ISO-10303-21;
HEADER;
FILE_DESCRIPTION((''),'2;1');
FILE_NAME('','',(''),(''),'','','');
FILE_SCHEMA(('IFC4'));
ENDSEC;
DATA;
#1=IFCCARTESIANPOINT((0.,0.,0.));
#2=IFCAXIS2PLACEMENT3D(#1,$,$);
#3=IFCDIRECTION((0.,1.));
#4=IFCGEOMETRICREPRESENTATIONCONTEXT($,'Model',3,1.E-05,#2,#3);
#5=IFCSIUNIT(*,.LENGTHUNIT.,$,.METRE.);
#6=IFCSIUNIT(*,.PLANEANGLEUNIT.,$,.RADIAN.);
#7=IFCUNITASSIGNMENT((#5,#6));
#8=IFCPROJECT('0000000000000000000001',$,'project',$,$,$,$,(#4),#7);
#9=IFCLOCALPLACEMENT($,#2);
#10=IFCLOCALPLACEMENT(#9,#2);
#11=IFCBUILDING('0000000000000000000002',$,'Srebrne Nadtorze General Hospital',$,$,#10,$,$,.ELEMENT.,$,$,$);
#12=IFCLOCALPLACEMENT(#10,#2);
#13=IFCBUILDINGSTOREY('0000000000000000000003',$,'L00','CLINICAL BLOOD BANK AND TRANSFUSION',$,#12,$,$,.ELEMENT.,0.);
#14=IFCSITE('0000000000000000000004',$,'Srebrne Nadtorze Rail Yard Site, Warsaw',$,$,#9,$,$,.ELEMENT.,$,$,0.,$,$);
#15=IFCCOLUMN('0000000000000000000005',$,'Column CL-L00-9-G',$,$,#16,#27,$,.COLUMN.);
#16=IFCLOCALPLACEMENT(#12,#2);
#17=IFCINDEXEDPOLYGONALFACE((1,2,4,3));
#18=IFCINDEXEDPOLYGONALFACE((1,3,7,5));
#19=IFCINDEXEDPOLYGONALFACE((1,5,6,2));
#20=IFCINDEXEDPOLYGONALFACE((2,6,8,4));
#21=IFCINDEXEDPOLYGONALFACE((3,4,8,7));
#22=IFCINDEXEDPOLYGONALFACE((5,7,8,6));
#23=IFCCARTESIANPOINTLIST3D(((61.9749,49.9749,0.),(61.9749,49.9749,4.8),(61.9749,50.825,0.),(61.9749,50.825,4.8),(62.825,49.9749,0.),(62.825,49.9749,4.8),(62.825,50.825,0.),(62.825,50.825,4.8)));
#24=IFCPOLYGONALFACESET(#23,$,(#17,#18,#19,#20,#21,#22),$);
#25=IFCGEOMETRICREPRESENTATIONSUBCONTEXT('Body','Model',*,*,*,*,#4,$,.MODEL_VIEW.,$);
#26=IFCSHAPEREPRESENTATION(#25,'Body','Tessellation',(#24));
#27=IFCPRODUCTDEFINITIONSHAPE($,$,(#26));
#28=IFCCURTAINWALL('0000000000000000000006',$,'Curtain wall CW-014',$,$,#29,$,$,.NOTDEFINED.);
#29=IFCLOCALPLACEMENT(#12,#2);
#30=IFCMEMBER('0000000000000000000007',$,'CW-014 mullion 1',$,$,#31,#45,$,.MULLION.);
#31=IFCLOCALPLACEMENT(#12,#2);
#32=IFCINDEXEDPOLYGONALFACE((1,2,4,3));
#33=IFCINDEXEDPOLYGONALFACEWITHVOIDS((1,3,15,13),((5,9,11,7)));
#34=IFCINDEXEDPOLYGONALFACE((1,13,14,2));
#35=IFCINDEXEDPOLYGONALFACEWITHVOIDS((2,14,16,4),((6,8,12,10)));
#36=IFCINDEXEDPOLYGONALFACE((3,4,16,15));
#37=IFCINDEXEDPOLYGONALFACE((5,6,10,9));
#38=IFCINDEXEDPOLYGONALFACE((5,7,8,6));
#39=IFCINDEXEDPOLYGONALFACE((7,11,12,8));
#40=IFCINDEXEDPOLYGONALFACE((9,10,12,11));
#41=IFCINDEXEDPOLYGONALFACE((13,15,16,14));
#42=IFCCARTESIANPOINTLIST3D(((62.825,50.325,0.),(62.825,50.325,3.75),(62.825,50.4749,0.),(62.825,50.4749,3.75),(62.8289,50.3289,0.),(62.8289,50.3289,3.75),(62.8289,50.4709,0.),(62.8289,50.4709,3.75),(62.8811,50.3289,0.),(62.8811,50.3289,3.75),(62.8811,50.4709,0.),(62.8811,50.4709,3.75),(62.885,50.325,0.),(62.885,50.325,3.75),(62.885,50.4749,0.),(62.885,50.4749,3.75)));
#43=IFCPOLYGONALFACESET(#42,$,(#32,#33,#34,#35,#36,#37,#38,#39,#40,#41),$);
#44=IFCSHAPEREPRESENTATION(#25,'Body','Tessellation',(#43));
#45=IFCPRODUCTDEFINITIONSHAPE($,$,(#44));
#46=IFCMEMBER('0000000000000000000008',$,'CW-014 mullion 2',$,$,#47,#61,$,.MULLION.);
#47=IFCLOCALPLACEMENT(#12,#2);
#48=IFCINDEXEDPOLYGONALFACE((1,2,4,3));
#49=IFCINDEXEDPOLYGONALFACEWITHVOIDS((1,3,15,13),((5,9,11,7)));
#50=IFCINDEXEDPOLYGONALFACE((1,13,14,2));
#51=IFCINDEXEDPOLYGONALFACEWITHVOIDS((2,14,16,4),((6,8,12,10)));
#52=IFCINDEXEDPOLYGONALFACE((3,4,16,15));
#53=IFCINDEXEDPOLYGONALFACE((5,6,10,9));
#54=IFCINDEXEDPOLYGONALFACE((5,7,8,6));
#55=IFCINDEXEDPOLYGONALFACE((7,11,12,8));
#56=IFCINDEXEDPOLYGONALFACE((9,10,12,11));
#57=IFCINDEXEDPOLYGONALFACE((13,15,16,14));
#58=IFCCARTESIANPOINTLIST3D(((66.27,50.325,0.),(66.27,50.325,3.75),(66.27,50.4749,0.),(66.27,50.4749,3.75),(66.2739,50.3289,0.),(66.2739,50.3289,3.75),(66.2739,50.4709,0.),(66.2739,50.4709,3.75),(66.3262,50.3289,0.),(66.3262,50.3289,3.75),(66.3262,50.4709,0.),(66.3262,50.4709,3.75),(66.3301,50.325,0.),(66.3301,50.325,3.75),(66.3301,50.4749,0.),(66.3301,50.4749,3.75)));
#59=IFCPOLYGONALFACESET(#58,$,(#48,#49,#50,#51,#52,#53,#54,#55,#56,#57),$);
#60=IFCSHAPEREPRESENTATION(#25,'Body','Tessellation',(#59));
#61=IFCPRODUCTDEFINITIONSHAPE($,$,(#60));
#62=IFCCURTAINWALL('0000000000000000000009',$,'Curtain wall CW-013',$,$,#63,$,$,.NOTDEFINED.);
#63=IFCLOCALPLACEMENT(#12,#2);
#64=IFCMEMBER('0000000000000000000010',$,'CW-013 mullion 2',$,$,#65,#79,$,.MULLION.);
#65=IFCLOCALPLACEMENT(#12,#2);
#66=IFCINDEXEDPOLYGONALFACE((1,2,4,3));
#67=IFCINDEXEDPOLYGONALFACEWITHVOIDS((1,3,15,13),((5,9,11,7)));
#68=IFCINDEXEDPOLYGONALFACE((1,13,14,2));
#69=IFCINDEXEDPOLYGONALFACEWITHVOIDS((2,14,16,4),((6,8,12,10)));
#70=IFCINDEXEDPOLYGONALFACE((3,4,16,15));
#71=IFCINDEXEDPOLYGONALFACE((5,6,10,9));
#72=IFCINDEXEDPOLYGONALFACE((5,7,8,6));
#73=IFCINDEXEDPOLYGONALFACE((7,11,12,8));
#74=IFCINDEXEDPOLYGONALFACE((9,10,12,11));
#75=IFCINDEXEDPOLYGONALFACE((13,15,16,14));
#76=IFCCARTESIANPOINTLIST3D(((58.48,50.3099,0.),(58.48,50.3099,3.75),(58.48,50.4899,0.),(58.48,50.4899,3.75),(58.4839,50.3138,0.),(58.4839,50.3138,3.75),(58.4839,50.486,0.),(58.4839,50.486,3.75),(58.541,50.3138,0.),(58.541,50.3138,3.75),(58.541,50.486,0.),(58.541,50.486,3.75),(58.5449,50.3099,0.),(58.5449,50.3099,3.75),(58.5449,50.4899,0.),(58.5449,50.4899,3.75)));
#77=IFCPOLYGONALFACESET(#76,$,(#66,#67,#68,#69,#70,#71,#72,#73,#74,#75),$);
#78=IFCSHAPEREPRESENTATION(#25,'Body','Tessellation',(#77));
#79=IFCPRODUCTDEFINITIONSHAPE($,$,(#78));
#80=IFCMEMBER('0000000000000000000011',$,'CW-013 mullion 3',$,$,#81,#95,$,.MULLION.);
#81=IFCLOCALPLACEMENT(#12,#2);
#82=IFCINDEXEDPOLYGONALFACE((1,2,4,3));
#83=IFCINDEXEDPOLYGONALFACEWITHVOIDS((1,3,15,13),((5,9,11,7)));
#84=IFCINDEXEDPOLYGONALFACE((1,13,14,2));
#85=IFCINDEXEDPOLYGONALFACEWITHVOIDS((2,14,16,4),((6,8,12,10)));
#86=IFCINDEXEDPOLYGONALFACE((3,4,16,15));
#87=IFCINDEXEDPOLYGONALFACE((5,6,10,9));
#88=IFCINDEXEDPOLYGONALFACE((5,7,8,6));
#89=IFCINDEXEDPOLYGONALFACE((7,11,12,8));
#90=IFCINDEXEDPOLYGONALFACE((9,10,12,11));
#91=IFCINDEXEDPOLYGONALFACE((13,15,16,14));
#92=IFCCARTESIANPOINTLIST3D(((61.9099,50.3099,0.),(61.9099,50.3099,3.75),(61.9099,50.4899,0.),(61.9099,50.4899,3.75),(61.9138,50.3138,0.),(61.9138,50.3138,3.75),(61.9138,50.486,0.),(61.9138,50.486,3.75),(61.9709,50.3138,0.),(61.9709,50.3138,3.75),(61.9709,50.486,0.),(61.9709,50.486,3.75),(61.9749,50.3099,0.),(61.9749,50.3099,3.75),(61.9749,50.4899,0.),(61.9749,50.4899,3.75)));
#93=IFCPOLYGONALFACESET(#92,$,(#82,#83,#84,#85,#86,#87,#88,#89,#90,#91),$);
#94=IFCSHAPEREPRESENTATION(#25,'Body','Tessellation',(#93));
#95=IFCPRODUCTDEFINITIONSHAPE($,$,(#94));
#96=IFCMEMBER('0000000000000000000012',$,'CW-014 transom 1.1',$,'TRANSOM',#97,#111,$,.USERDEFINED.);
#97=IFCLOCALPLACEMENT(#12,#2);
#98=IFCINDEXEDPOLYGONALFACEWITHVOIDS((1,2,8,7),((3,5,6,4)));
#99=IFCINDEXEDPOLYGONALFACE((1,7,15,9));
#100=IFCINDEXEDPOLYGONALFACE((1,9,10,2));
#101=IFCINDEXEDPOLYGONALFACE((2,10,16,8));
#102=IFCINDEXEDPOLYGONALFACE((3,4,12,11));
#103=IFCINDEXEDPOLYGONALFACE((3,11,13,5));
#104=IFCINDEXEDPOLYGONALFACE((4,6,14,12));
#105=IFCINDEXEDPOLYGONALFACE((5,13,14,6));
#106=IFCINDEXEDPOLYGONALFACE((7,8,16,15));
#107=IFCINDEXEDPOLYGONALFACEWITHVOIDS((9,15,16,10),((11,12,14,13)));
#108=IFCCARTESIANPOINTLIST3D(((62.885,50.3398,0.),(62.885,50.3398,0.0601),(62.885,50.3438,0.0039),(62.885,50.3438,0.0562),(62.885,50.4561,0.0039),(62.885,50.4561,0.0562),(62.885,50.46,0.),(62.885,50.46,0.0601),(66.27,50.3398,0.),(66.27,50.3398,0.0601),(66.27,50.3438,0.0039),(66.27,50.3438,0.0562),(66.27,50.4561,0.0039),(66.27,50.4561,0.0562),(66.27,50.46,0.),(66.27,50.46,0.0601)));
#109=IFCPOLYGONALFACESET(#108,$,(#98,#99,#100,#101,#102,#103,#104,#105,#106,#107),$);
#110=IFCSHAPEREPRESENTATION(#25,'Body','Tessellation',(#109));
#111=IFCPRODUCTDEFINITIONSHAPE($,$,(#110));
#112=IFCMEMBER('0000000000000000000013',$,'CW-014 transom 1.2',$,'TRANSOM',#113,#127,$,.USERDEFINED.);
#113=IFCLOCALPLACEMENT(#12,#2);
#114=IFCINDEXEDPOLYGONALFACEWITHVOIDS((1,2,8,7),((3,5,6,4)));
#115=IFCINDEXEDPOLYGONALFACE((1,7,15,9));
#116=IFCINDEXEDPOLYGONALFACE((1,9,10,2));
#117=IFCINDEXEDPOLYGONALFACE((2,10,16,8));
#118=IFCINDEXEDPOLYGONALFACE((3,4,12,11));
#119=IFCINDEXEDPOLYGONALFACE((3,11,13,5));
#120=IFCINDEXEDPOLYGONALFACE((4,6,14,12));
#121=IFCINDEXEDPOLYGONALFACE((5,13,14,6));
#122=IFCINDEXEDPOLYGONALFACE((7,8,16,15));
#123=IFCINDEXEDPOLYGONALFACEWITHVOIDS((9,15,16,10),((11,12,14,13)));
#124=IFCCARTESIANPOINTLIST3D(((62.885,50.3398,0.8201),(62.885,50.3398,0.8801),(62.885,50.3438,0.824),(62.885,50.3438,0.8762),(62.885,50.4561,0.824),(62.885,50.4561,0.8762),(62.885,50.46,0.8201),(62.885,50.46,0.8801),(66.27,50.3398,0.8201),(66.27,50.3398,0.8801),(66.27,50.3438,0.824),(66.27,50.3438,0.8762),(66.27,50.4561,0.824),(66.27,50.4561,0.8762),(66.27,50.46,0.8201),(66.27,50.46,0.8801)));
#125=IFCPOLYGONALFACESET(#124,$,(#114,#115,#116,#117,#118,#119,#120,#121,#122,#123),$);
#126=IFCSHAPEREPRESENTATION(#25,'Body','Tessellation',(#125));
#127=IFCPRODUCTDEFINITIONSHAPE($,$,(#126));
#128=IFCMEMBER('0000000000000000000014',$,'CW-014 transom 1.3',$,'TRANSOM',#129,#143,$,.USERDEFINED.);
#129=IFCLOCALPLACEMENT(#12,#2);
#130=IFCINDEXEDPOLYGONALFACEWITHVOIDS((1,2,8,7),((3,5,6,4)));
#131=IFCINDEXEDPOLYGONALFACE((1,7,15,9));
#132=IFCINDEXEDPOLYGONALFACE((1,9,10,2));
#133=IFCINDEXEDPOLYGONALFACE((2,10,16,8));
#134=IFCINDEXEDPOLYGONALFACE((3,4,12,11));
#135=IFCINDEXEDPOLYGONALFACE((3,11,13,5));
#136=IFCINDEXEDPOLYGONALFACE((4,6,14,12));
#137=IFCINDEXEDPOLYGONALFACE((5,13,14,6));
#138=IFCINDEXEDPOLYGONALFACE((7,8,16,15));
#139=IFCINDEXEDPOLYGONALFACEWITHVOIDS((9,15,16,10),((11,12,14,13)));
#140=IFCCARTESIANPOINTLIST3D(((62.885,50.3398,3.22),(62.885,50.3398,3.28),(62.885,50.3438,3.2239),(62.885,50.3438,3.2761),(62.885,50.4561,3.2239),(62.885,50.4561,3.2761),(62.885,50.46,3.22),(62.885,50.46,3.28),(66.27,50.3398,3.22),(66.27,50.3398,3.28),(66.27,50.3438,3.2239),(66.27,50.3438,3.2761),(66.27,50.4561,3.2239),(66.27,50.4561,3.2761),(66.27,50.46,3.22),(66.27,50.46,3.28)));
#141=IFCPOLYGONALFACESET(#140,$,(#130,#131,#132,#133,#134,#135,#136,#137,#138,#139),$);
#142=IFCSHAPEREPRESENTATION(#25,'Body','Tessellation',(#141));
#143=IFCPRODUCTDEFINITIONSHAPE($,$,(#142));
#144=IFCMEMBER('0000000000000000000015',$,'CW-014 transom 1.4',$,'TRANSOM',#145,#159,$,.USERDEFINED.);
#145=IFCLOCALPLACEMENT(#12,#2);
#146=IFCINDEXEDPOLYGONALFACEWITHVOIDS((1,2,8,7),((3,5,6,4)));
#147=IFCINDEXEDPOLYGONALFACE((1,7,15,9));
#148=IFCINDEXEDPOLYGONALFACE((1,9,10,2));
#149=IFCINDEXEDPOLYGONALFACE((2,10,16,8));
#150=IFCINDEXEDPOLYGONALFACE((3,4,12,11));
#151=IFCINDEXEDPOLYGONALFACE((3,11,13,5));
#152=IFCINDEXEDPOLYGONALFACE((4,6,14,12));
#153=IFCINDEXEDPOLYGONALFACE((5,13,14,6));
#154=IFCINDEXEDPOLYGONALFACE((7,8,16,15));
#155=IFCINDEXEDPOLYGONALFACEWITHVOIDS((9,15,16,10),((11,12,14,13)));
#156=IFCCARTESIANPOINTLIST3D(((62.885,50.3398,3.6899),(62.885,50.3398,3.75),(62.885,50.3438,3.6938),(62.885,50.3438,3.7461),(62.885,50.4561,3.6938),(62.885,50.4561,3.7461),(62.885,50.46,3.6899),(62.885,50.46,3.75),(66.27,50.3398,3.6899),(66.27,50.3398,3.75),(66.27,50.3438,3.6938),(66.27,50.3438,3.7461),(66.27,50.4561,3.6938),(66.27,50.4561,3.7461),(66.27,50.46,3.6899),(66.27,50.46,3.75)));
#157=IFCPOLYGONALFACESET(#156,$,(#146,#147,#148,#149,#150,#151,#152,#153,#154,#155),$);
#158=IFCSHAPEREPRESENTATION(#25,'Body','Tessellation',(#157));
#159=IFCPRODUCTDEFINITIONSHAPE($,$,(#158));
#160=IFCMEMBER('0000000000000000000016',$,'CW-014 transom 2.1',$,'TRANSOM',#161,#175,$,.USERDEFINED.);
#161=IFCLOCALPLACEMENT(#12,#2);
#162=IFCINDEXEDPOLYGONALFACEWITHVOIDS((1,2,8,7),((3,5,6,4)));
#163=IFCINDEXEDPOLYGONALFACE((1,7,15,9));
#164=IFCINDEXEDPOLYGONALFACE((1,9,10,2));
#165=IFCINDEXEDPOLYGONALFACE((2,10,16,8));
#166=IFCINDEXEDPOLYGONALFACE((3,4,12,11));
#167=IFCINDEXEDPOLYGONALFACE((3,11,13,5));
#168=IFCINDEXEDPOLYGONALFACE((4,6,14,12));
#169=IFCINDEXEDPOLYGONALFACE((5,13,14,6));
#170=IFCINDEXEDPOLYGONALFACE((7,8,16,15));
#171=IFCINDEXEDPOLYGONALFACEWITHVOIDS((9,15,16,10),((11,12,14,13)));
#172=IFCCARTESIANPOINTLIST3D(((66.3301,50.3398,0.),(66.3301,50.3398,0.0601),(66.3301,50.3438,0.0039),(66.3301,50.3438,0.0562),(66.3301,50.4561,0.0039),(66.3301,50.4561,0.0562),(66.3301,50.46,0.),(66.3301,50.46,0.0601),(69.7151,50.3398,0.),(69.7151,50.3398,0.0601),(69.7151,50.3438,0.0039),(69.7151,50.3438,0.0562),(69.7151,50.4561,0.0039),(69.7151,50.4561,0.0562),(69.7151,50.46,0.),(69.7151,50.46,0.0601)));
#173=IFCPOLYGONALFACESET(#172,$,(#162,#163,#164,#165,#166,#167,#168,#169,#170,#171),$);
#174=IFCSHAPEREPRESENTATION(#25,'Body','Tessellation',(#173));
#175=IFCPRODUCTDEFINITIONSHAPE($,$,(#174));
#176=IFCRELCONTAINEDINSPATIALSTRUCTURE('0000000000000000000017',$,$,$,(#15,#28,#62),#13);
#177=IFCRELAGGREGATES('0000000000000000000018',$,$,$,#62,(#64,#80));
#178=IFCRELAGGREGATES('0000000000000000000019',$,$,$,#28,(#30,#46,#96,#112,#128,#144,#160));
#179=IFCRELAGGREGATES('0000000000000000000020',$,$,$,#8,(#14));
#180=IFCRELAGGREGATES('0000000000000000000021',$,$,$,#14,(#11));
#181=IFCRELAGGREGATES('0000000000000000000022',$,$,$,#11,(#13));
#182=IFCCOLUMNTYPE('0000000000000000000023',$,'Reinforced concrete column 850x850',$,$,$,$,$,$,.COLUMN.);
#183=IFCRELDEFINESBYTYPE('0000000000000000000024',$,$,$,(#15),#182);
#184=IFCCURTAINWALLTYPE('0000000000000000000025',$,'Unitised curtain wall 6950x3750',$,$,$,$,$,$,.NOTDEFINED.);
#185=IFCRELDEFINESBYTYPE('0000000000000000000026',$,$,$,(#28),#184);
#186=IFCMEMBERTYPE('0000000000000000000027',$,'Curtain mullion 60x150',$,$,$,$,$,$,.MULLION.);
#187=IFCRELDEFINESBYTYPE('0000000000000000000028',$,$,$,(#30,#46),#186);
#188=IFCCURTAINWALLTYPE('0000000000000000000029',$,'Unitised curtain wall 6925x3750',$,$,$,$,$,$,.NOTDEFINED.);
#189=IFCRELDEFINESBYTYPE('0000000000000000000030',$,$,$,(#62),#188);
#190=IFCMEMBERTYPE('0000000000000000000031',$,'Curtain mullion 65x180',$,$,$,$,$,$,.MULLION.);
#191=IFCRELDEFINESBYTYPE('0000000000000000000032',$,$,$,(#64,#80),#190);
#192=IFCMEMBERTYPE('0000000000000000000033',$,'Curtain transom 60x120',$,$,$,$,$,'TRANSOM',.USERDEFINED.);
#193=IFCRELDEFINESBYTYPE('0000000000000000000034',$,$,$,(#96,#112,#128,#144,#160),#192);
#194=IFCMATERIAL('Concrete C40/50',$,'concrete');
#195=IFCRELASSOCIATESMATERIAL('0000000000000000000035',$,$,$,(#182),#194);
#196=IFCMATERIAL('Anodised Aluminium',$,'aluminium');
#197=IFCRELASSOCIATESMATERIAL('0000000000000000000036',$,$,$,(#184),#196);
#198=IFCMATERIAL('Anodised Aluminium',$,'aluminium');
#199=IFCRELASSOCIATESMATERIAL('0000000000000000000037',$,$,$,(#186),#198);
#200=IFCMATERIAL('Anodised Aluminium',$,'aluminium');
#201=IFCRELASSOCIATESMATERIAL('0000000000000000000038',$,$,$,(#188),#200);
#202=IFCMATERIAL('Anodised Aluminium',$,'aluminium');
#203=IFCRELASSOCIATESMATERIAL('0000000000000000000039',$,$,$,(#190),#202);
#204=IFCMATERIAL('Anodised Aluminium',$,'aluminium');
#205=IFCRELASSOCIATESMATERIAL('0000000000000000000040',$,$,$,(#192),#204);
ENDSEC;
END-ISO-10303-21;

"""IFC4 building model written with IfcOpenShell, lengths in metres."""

from ifc_helpers import new_model, si_unit, direction, frame, origin, origin_2d, place, context, subcontext, project, spatial, rectangle, hollow_rectangle, extrude, material, material_profile, profile_set, type_object, element, aggregate, save


model = new_model("IFC4")

# Units and contexts
model_context = context("Model", 3, precision=1e-05, world=origin(), true_north=direction((0.0, 1.0)))
body_context = subcontext(model_context, "Body", "Model", "MODEL_VIEW")
ifc_project = project(units=[si_unit("LENGTHUNIT", "METRE"), si_unit("PLANEANGLEUNIT", "RADIAN")], contexts=[model_context])

# Site, building, storey
site_placement = place(None, origin())
site = spatial("IfcSite", under=ifc_project, at=site_placement, Name="Srebrne Nadtorze Rail Yard Site, Warsaw", CompositionType="ELEMENT", RefElevation=0.0)
building_placement = place(site_placement, origin())
building = spatial("IfcBuilding", under=site, at=building_placement, Name="Srebrne Nadtorze General Hospital", CompositionType="ELEMENT")
storey_placement = place(building_placement, origin())
storey = spatial("IfcBuildingStorey", under=building, at=storey_placement, Name="L00", Description="CLINICAL BLOOD BANK AND TRANSFUSION", CompositionType="ELEMENT", Elevation=0.0)

# Column
ifc_material_1 = material(Name="Concrete C40/50", Category="concrete")
ifc_material_profile_1 = material_profile(ifc_material_1, rectangle(XDim=0.8501, YDim=0.8501, at=origin_2d()), Name="RC-COL-850x850")
ifc_profile_set_1 = profile_set([ifc_material_profile_1], Name="Concrete C40/50")
column_type = type_object("IfcColumnType", Name="Reinforced concrete column 850x850", PredefinedType="COLUMN", material=ifc_profile_set_1)
column_placement = place(storey_placement, frame((62.3999, 50.3999, 0.0), z_axis=(0.0, 0.0, 1.0), x_axis=(1.0, 0.0, 0.0)))
element("IfcColumn", 1, at=column_placement, inside=storey, type_object=column_type, Name="Column CL-L00-9-G", PredefinedType="COLUMN", context=body_context, shape_type="SweptSolid", body=[
    extrude(rectangle(XDim=0.8501, YDim=0.8501, at=origin_2d()), origin(), (0.0, 0.0, 1.0), 4.8),
])

# Curtain walls, members
ifc_material_2 = material(Name="Anodised Aluminium", Category="aluminium")
curtain_wall_type_1 = type_object("IfcCurtainWallType", Name="Unitised curtain wall 6950x3750", PredefinedType="NOTDEFINED", material=ifc_material_2)
curtain_wall_1_placement = place(storey_placement, origin())
curtain_wall_1 = element("IfcCurtainWall", 2, at=curtain_wall_1_placement, inside=storey, type_object=curtain_wall_type_1, Name="Curtain wall CW-014", PredefinedType="NOTDEFINED")
ifc_material_3 = material(Name="Anodised Aluminium", Category="aluminium")
ifc_material_profile_2 = material_profile(ifc_material_3, hollow_rectangle(XDim=0.0601, YDim=0.1499, WallThickness=0.0039, at=origin_2d()), Name="AL-MUL-60x150")
ifc_profile_set_2 = profile_set([ifc_material_profile_2], Name="Anodised Aluminium")
member_type_1 = type_object("IfcMemberType", Name="Curtain mullion 60x150", PredefinedType="MULLION", material=ifc_profile_set_2)
member_1_placement = place(storey_placement, frame((62.855, 50.3999, 0.0), z_axis=(0.0, 0.0, 1.0), x_axis=(1.0, 0.0, 0.0)))
member_1 = element("IfcMember", 3, at=member_1_placement, type_object=member_type_1, Name="CW-014 mullion 1", PredefinedType="MULLION", context=body_context, shape_type="SweptSolid", body=[
    extrude(hollow_rectangle(XDim=0.0601, YDim=0.1499, WallThickness=0.0039, at=origin_2d()), origin(), (0.0, 0.0, 1.0), 3.75),
])
member_2_placement = place(storey_placement, frame((66.3, 50.3999, 0.0), z_axis=(0.0, 0.0, 1.0), x_axis=(1.0, 0.0, 0.0)))
member_2 = element("IfcMember", 4, at=member_2_placement, type_object=member_type_1, Name="CW-014 mullion 2", PredefinedType="MULLION", context=body_context, shape_type="SweptSolid", body=[
    extrude(hollow_rectangle(XDim=0.0601, YDim=0.1499, WallThickness=0.0039, at=origin_2d()), origin(), (0.0, 0.0, 1.0), 3.75),
])
ifc_material_4 = material(Name="Anodised Aluminium", Category="aluminium")
curtain_wall_type_2 = type_object("IfcCurtainWallType", Name="Unitised curtain wall 6925x3750", PredefinedType="NOTDEFINED", material=ifc_material_4)
curtain_wall_2_placement = place(storey_placement, origin())
curtain_wall_2 = element("IfcCurtainWall", 5, at=curtain_wall_2_placement, inside=storey, type_object=curtain_wall_type_2, Name="Curtain wall CW-013", PredefinedType="NOTDEFINED")
ifc_material_5 = material(Name="Anodised Aluminium", Category="aluminium")
ifc_material_profile_3 = material_profile(ifc_material_5, hollow_rectangle(XDim=0.0649, YDim=0.1799, WallThickness=0.0039, at=origin_2d()), Name="AL-MUL-65x180")
ifc_profile_set_3 = profile_set([ifc_material_profile_3], Name="Anodised Aluminium")
member_type_2 = type_object("IfcMemberType", Name="Curtain mullion 65x180", PredefinedType="MULLION", material=ifc_profile_set_3)
member_3_placement = place(storey_placement, frame((58.5125, 50.3999, 0.0), z_axis=(0.0, 0.0, 1.0), x_axis=(1.0, 0.0, 0.0)))
member_3 = element("IfcMember", 6, at=member_3_placement, type_object=member_type_2, Name="CW-013 mullion 2", PredefinedType="MULLION", context=body_context, shape_type="SweptSolid", body=[
    extrude(hollow_rectangle(XDim=0.0649, YDim=0.1799, WallThickness=0.0039, at=origin_2d()), origin(), (0.0, 0.0, 1.0), 3.75),
])
member_4_placement = place(storey_placement, frame((61.9424, 50.3999, 0.0), z_axis=(0.0, 0.0, 1.0), x_axis=(1.0, 0.0, 0.0)))
member_4 = element("IfcMember", 7, at=member_4_placement, type_object=member_type_2, Name="CW-013 mullion 3", PredefinedType="MULLION", context=body_context, shape_type="SweptSolid", body=[
    extrude(hollow_rectangle(XDim=0.0649, YDim=0.1799, WallThickness=0.0039, at=origin_2d()), origin(), (0.0, 0.0, 1.0), 3.75),
])

# Members
ifc_material_6 = material(Name="Anodised Aluminium", Category="aluminium")
ifc_material_profile_4 = material_profile(ifc_material_6, hollow_rectangle(XDim=0.0601, YDim=0.1201, WallThickness=0.0039, at=origin_2d()), Name="AL-TRN-60x120")
ifc_profile_set_4 = profile_set([ifc_material_profile_4], Name="Anodised Aluminium")
member_type_3 = type_object("IfcMemberType", Name="Curtain transom 60x120", ElementType="TRANSOM", PredefinedType="USERDEFINED", material=ifc_profile_set_4)
member_5_placement = place(storey_placement, frame((62.885, 50.3999, 0.03), z_axis=(1.0, 0.0, 0.0), x_axis=(0.0, 0.0, 1.0)))
member_5 = element("IfcMember", 8, at=member_5_placement, type_object=member_type_3, Name="CW-014 transom 1.1", ObjectType="TRANSOM", PredefinedType="USERDEFINED", context=body_context, shape_type="SweptSolid", body=[
    extrude(hollow_rectangle(XDim=0.0601, YDim=0.1201, WallThickness=0.0039, at=origin_2d()), origin(), (0.0, 0.0, 1.0), 3.385),
])
member_6_placement = place(storey_placement, frame((62.885, 50.3999, 0.8501), z_axis=(1.0, 0.0, 0.0), x_axis=(0.0, 0.0, 1.0)))
member_6 = element("IfcMember", 9, at=member_6_placement, type_object=member_type_3, Name="CW-014 transom 1.2", ObjectType="TRANSOM", PredefinedType="USERDEFINED", context=body_context, shape_type="SweptSolid", body=[
    extrude(hollow_rectangle(XDim=0.0601, YDim=0.1201, WallThickness=0.0039, at=origin_2d()), origin(), (0.0, 0.0, 1.0), 3.385),
])
member_7_placement = place(storey_placement, frame((62.885, 50.3999, 3.25), z_axis=(1.0, 0.0, 0.0), x_axis=(0.0, 0.0, 1.0)))
member_7 = element("IfcMember", 10, at=member_7_placement, type_object=member_type_3, Name="CW-014 transom 1.3", ObjectType="TRANSOM", PredefinedType="USERDEFINED", context=body_context, shape_type="SweptSolid", body=[
    extrude(hollow_rectangle(XDim=0.0601, YDim=0.1201, WallThickness=0.0039, at=origin_2d()), origin(), (0.0, 0.0, 1.0), 3.385),
])
member_8_placement = place(storey_placement, frame((62.885, 50.3999, 3.72), z_axis=(1.0, 0.0, 0.0), x_axis=(0.0, 0.0, 1.0)))
member_8 = element("IfcMember", 11, at=member_8_placement, type_object=member_type_3, Name="CW-014 transom 1.4", ObjectType="TRANSOM", PredefinedType="USERDEFINED", context=body_context, shape_type="SweptSolid", body=[
    extrude(hollow_rectangle(XDim=0.0601, YDim=0.1201, WallThickness=0.0039, at=origin_2d()), origin(), (0.0, 0.0, 1.0), 3.385),
])
member_9_placement = place(storey_placement, frame((66.3301, 50.3999, 0.03), z_axis=(1.0, 0.0, 0.0), x_axis=(0.0, 0.0, 1.0)))
member_9 = element("IfcMember", 12, at=member_9_placement, type_object=member_type_3, Name="CW-014 transom 2.1", ObjectType="TRANSOM", PredefinedType="USERDEFINED", context=body_context, shape_type="SweptSolid", body=[
    extrude(hollow_rectangle(XDim=0.0601, YDim=0.1201, WallThickness=0.0039, at=origin_2d()), origin(), (0.0, 0.0, 1.0), 3.385),
])

aggregate(curtain_wall_2, [member_3, member_4])
aggregate(curtain_wall_1, [member_1, member_2, member_5, member_6, member_7, member_8, member_9])

save(model, "model.ifc")
